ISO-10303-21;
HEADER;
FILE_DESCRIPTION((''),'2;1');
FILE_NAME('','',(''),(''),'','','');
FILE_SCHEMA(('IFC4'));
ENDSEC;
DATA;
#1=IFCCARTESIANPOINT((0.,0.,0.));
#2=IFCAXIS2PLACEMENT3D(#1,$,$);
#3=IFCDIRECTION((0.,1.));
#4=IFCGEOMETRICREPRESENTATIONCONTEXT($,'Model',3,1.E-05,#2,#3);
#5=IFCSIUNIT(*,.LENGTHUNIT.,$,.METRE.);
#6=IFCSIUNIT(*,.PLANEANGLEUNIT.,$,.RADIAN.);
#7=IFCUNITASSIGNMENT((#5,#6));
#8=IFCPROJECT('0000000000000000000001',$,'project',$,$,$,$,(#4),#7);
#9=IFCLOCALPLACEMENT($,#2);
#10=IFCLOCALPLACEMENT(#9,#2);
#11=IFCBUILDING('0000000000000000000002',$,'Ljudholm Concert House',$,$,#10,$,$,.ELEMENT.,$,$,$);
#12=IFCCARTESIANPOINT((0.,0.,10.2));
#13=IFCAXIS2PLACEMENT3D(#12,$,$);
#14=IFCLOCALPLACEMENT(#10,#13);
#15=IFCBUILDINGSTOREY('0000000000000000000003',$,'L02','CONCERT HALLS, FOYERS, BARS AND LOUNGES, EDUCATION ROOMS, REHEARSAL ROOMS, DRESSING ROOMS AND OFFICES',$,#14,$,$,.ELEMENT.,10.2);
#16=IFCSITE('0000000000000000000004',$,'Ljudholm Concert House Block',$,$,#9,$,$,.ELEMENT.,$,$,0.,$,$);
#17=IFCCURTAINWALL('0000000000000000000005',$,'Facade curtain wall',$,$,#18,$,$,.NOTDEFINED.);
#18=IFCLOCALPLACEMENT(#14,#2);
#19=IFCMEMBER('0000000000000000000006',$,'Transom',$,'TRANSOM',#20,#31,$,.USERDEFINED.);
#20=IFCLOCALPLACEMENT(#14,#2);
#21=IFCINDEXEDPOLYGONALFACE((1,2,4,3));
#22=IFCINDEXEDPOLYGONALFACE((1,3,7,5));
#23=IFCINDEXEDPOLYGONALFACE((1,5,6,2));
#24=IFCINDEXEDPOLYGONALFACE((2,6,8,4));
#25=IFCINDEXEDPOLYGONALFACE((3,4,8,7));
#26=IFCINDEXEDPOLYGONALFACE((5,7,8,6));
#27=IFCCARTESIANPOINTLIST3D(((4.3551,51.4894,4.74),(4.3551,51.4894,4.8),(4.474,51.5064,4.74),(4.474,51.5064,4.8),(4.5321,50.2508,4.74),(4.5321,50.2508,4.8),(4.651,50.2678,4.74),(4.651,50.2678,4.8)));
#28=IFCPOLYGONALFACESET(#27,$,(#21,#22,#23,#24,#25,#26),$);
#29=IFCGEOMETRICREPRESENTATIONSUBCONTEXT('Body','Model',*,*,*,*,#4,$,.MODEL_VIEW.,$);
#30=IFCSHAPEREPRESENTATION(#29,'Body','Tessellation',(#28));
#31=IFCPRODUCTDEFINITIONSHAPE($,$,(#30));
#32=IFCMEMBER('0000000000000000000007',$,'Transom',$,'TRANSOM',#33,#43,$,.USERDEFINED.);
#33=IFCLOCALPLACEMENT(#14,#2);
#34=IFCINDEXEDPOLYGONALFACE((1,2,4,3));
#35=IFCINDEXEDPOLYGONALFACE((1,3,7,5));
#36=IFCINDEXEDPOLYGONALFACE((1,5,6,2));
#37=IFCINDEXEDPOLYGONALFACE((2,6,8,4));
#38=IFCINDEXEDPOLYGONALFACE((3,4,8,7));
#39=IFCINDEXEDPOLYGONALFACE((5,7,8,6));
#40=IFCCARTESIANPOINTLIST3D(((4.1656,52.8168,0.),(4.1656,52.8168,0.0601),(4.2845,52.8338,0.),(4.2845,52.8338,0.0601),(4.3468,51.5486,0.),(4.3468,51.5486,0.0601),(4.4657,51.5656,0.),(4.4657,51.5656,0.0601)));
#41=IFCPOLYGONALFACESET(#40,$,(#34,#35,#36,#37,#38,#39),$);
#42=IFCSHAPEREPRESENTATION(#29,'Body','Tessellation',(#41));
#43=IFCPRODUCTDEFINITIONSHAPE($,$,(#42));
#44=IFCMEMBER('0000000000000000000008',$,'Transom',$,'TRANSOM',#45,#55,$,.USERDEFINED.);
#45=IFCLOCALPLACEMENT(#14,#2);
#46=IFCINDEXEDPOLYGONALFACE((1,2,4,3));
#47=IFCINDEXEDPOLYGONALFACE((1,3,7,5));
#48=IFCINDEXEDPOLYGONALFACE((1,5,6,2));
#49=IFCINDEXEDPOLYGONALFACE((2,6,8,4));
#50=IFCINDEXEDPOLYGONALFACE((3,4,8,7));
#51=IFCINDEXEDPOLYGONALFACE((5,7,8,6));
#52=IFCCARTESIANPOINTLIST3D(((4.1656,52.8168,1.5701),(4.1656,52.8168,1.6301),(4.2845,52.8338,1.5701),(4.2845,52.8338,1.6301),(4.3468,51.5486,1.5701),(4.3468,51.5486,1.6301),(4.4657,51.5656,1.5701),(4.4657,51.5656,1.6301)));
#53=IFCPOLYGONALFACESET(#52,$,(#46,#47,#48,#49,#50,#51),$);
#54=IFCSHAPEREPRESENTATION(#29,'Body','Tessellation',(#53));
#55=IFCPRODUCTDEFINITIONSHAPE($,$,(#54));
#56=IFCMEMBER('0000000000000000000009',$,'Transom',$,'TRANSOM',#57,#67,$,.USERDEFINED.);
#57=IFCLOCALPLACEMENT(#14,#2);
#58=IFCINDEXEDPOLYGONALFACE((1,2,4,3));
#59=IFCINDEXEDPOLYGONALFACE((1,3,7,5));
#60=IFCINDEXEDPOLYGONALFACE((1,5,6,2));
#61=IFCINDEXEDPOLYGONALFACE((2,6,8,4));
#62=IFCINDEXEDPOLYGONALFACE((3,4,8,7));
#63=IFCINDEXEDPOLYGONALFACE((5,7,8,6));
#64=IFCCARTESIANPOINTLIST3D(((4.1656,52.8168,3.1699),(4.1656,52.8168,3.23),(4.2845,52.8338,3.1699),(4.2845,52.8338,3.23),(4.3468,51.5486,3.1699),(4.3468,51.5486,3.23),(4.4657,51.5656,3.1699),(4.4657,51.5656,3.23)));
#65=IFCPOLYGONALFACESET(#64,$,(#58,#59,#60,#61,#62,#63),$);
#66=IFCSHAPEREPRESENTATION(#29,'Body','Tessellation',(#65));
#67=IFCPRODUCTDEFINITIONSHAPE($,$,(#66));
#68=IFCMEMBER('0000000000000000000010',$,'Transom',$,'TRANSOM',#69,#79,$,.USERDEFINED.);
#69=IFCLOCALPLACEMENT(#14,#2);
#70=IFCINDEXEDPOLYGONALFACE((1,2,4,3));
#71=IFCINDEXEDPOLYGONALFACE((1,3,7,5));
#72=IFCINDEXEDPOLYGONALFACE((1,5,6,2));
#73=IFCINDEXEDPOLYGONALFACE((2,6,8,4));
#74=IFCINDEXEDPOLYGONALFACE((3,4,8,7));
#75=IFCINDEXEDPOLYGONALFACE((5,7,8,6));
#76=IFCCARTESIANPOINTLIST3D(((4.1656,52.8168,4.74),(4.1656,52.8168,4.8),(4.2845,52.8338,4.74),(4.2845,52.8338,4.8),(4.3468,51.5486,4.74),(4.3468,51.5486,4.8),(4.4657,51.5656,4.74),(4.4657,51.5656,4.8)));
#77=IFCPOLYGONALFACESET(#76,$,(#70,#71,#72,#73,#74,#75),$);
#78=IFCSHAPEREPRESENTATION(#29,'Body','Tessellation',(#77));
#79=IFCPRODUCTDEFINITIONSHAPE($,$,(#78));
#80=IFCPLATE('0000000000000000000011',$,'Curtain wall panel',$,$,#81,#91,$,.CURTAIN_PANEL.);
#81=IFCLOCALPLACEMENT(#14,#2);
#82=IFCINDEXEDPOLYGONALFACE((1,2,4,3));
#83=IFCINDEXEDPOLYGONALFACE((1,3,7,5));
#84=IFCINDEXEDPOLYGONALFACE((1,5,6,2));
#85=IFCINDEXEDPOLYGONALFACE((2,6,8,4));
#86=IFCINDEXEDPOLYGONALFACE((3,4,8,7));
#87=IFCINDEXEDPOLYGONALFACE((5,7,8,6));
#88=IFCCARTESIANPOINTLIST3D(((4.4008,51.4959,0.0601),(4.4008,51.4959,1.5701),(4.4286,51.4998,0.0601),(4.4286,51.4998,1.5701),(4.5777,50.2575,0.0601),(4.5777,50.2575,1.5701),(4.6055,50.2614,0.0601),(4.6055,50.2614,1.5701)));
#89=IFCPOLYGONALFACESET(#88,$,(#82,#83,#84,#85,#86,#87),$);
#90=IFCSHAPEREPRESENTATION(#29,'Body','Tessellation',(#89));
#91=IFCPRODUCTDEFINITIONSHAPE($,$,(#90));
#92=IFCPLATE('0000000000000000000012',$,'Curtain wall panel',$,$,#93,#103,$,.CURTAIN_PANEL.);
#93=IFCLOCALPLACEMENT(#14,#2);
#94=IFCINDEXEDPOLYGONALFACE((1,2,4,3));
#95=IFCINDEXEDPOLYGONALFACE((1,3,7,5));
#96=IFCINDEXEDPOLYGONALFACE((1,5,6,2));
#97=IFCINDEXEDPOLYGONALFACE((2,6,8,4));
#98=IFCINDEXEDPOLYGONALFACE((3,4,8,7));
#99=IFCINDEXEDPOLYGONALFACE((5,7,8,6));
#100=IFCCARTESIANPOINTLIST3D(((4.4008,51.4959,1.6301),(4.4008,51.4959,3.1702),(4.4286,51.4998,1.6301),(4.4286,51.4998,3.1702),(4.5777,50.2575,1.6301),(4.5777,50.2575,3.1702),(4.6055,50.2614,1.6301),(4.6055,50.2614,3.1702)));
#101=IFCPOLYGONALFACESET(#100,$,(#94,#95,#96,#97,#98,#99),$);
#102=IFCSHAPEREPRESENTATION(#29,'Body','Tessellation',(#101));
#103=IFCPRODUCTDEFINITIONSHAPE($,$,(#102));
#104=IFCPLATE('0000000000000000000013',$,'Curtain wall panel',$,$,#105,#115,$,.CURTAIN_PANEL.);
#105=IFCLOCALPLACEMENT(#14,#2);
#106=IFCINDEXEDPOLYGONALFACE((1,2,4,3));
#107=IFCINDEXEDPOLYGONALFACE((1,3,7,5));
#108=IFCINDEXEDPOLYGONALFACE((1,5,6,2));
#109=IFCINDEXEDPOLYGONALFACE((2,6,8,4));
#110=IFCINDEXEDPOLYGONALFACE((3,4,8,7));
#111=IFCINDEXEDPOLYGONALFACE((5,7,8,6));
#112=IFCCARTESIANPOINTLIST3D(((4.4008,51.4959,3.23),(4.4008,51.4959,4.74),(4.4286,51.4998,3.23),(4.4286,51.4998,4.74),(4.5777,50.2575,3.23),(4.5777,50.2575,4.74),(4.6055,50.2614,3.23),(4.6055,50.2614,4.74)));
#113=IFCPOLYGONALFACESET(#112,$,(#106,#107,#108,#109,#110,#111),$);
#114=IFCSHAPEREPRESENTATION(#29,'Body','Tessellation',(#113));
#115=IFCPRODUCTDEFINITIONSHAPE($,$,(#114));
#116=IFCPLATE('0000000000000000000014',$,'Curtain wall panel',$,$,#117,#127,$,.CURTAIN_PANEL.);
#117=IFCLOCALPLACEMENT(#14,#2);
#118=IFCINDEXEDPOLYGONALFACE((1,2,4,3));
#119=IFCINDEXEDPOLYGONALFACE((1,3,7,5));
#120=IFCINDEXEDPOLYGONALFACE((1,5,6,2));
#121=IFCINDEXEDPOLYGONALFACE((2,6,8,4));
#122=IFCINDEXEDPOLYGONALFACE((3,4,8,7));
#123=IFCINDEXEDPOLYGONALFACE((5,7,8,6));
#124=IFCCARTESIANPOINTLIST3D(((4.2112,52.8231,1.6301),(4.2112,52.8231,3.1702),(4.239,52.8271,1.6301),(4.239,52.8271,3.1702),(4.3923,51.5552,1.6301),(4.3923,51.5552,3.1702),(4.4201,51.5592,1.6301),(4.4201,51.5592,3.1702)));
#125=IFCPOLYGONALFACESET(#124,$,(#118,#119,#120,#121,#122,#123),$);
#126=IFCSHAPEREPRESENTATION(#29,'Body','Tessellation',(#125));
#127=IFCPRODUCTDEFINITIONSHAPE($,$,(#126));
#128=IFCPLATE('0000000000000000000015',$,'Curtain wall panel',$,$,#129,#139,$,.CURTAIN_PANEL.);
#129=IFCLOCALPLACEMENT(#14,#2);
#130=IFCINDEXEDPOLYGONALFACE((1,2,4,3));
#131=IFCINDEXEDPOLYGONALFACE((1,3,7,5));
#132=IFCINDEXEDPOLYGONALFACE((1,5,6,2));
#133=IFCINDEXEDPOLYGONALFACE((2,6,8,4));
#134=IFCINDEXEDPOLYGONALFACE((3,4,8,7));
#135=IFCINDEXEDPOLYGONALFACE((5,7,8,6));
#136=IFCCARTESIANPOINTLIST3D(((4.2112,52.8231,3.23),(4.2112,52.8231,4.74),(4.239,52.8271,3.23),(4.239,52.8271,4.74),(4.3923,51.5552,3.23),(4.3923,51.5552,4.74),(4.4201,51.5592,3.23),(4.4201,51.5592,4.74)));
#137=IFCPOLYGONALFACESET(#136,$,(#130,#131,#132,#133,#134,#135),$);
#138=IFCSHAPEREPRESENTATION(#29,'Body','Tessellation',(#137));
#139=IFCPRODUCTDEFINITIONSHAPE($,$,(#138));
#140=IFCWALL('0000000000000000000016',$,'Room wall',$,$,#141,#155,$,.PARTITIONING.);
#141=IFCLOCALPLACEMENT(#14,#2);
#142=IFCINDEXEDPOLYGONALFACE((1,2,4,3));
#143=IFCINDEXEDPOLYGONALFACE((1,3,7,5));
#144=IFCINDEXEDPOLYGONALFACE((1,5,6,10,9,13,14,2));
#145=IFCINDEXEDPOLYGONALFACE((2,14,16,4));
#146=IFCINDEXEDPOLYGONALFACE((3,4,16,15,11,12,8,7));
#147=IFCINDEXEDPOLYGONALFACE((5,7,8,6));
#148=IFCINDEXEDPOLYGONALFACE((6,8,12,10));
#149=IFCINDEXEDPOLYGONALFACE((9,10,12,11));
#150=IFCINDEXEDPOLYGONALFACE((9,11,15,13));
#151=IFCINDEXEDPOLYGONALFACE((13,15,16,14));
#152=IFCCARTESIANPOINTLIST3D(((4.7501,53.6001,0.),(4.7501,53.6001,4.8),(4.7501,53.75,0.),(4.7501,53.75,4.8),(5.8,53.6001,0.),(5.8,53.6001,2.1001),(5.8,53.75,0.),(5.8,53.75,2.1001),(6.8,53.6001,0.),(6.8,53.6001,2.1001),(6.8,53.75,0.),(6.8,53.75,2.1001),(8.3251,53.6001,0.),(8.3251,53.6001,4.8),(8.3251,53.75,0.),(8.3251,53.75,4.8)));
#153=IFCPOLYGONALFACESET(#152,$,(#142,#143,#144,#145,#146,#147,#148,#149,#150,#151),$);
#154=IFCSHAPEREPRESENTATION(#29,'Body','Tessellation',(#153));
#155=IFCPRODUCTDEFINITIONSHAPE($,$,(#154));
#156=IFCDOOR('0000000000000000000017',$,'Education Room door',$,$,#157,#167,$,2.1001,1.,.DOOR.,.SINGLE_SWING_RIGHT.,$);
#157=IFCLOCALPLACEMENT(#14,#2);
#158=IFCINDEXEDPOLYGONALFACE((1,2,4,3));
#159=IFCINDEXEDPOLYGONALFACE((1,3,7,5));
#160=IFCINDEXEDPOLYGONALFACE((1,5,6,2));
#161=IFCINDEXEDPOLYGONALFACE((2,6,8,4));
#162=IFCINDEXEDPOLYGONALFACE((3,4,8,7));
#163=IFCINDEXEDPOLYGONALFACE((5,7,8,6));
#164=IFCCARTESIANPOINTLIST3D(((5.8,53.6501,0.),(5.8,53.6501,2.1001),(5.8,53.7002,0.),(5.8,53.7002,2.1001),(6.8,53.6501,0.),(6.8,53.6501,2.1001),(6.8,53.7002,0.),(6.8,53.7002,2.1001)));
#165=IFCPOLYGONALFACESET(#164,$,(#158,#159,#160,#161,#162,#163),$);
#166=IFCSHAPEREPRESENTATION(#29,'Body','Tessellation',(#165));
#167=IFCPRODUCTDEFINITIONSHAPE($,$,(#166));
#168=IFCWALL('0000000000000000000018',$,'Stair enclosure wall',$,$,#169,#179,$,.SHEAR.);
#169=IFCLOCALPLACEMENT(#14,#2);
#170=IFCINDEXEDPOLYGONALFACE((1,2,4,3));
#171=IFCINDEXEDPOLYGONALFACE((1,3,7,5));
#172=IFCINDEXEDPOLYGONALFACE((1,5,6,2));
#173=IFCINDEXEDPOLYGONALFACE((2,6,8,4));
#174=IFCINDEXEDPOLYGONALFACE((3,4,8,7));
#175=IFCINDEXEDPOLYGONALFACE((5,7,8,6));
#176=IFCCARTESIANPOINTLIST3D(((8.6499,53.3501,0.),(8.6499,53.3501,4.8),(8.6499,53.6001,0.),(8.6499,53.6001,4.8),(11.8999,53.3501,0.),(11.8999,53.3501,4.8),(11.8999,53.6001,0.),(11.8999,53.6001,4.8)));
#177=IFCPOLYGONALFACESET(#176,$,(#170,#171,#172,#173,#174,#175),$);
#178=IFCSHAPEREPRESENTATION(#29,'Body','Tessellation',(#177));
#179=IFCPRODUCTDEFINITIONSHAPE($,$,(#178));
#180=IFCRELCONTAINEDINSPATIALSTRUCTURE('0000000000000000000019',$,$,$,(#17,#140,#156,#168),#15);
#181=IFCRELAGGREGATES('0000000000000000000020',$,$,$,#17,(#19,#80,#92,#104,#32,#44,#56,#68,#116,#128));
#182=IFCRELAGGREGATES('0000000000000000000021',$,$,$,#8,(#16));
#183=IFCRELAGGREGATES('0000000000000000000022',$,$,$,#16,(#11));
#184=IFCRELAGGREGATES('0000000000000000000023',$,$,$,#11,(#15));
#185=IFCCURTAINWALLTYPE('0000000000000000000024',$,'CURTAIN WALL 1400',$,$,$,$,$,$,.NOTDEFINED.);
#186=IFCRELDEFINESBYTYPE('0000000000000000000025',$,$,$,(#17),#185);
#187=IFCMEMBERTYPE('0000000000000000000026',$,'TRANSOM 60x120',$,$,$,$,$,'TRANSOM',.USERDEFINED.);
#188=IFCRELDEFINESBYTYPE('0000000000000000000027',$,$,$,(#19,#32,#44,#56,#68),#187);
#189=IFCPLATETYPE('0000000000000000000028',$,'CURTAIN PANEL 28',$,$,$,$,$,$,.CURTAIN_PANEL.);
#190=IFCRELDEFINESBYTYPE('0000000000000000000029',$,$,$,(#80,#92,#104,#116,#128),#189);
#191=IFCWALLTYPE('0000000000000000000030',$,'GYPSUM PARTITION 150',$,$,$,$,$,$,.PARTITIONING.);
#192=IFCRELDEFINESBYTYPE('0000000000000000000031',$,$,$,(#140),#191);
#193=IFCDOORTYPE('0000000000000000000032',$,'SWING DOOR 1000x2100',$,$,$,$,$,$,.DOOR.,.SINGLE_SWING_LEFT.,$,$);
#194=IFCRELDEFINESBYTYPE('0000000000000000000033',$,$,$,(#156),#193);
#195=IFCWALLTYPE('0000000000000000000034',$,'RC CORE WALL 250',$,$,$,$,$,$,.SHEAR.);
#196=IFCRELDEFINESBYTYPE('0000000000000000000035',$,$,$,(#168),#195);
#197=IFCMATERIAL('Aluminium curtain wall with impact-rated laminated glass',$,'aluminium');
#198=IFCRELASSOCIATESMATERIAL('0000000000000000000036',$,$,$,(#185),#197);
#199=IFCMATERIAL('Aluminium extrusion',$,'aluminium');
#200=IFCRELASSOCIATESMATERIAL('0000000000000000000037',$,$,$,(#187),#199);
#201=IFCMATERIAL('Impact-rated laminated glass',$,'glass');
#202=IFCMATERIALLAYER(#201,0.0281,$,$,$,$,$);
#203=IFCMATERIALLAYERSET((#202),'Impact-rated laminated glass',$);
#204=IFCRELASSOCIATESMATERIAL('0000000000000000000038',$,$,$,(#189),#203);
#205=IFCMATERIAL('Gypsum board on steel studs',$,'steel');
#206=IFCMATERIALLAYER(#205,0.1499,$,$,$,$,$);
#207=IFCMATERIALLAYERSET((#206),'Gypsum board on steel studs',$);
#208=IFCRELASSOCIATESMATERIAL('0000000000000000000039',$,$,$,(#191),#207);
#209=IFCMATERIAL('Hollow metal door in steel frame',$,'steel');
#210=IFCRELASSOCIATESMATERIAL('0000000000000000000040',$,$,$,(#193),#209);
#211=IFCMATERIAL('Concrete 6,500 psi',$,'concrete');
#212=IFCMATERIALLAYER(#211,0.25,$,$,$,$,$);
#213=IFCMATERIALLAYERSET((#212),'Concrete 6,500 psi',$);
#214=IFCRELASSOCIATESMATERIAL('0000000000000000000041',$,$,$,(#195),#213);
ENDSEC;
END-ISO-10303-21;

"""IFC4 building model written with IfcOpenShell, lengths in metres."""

from ifc_helpers import new_model, si_unit, direction, frame, frame_2d, origin, origin_2d, place, context, subcontext, project, spatial, rectangle, extrude, material, layer, layer_set, material_profile, profile_set, type_object, element, fill, aggregate, save


model = new_model("IFC4")

# Units and contexts
model_context = context("Model", 3, precision=1e-05, world=origin(), true_north=direction((0.0, 1.0)))
body_context = subcontext(model_context, "Body", "Model", "MODEL_VIEW")
ifc_project = project(units=[si_unit("LENGTHUNIT", "METRE"), si_unit("PLANEANGLEUNIT", "RADIAN")], contexts=[model_context])

# Site, building, storey
site_placement = place(None, origin())
site = spatial("IfcSite", under=ifc_project, at=site_placement, Name="Ljudholm Concert House Block", CompositionType="ELEMENT", RefElevation=0.0)
building_placement = place(site_placement, origin())
building = spatial("IfcBuilding", under=site, at=building_placement, Name="Ljudholm Concert House", CompositionType="ELEMENT")
storey_placement = place(building_placement, frame((0.0, 0.0, 10.2)))
storey = spatial("IfcBuildingStorey", under=building, at=storey_placement, Name="L02", Description="CONCERT HALLS, FOYERS, BARS AND LOUNGES, EDUCATION ROOMS, REHEARSAL ROOMS, DRESSING ROOMS AND OFFICES", CompositionType="ELEMENT", Elevation=10.2)

# Shared definitions
ifc_material_1 = material(Name="Aluminium curtain wall with impact-rated laminated glass", Category="aluminium")
curtain_wall_type = type_object("IfcCurtainWallType", Name="CURTAIN WALL 1400", PredefinedType="NOTDEFINED", material=ifc_material_1)

# Curtain wall
curtain_wall_1_placement = place(storey_placement, origin())
curtain_wall_1 = element("IfcCurtainWall", 1, at=curtain_wall_1_placement, inside=storey, type_object=curtain_wall_type, Name="Facade curtain wall", PredefinedType="NOTDEFINED")

# Members
ifc_material_2 = material(Name="Aluminium extrusion", Category="aluminium")
ifc_material_profile_1 = material_profile(ifc_material_2, rectangle(XDim=0.1201, YDim=0.0601, at=origin_2d()), Name="TRANSOM 60x120")
ifc_profile_set_1 = profile_set([ifc_material_profile_1], Name="Aluminium extrusion")
member_type_1 = type_object("IfcMemberType", Name="TRANSOM 60x120", ElementType="TRANSOM", PredefinedType="USERDEFINED", material=ifc_profile_set_1)
member_1_placement = place(storey_placement, frame((4.5916, 50.2593, 4.77), z_axis=(-0.141476, 0.989942, 0.0), x_axis=(-0.989942, -0.141476, 0.0)))
member_1 = element("IfcMember", 2, at=member_1_placement, type_object=member_type_1, Name="Transom", ObjectType="TRANSOM", PredefinedType="USERDEFINED", context=body_context, shape_type="SweptSolid", body=[
    extrude(rectangle(XDim=0.1201, YDim=0.0601, at=origin_2d()), origin(), (0.0, 0.0, 1.0), 1.2512),
])
member_2_placement = place(storey_placement, frame((4.4062, 51.5571, 0.03), z_axis=(-0.141421, 0.989949, 0.0), x_axis=(-0.989949, -0.141421, 0.0)))
member_2 = element("IfcMember", 3, at=member_2_placement, type_object=member_type_1, Name="Transom", ObjectType="TRANSOM", PredefinedType="USERDEFINED", context=body_context, shape_type="SweptSolid", body=[
    extrude(rectangle(XDim=0.1201, YDim=0.0601, at=origin_2d()), origin(), (0.0, 0.0, 1.0), 1.281),
])
member_3_placement = place(storey_placement, frame((4.4062, 51.5571, 1.6001), z_axis=(-0.141421, 0.989949, 0.0), x_axis=(-0.989949, -0.141421, 0.0)))
member_3 = element("IfcMember", 4, at=member_3_placement, type_object=member_type_1, Name="Transom", ObjectType="TRANSOM", PredefinedType="USERDEFINED", context=body_context, shape_type="SweptSolid", body=[
    extrude(rectangle(XDim=0.1201, YDim=0.0601, at=origin_2d()), origin(), (0.0, 0.0, 1.0), 1.281),
])
member_4_placement = place(storey_placement, frame((4.4062, 51.5571, 3.2), z_axis=(-0.141421, 0.989949, 0.0), x_axis=(-0.989949, -0.141421, 0.0)))
member_4 = element("IfcMember", 5, at=member_4_placement, type_object=member_type_1, Name="Transom", ObjectType="TRANSOM", PredefinedType="USERDEFINED", context=body_context, shape_type="SweptSolid", body=[
    extrude(rectangle(XDim=0.1201, YDim=0.0601, at=origin_2d()), origin(), (0.0, 0.0, 1.0), 1.281),
])
member_5_placement = place(storey_placement, frame((4.4062, 51.5571, 4.77), z_axis=(-0.141421, 0.989949, 0.0), x_axis=(-0.989949, -0.141421, 0.0)))
member_5 = element("IfcMember", 6, at=member_5_placement, type_object=member_type_1, Name="Transom", ObjectType="TRANSOM", PredefinedType="USERDEFINED", context=body_context, shape_type="SweptSolid", body=[
    extrude(rectangle(XDim=0.1201, YDim=0.0601, at=origin_2d()), origin(), (0.0, 0.0, 1.0), 1.281),
])

# Plates
ifc_material_3 = material(Name="Impact-rated laminated glass", Category="glass")
ifc_layer_1 = layer(ifc_material_3, 0.0281)
ifc_layer_set_1 = layer_set([ifc_layer_1], Name="Impact-rated laminated glass")
plate_type = type_object("IfcPlateType", Name="CURTAIN PANEL 28", PredefinedType="CURTAIN_PANEL", material=ifc_layer_set_1)
plate_1_placement = place(storey_placement, frame((4.5032, 50.8787, 0.0601), z_axis=(0.0, 0.0, 1.0), x_axis=(-0.141421, 0.989949, 0.0)))
plate_1 = element("IfcPlate", 7, at=plate_1_placement, type_object=plate_type, Name="Curtain wall panel", PredefinedType="CURTAIN_PANEL", context=body_context, shape_type="SweptSolid", body=[
    extrude(rectangle(XDim=1.251, YDim=0.0281, at=origin_2d()), origin(), (0.0, 0.0, 1.0), 1.51),
])
plate_2_placement = place(storey_placement, frame((4.5032, 50.8787, 1.6301), z_axis=(0.0, 0.0, 1.0), x_axis=(-0.141421, 0.989949, 0.0)))
plate_2 = element("IfcPlate", 8, at=plate_2_placement, type_object=plate_type, Name="Curtain wall panel", PredefinedType="CURTAIN_PANEL", context=body_context, shape_type="SweptSolid", body=[
    extrude(rectangle(XDim=1.251, YDim=0.0281, at=origin_2d()), origin(), (0.0, 0.0, 1.0), 1.54),
])
plate_3_placement = place(storey_placement, frame((4.5032, 50.8787, 3.23), z_axis=(0.0, 0.0, 1.0), x_axis=(-0.141421, 0.989949, 0.0)))
plate_3 = element("IfcPlate", 9, at=plate_3_placement, type_object=plate_type, Name="Curtain wall panel", PredefinedType="CURTAIN_PANEL", context=body_context, shape_type="SweptSolid", body=[
    extrude(rectangle(XDim=1.251, YDim=0.0281, at=origin_2d()), origin(), (0.0, 0.0, 1.0), 1.51),
])
plate_4_placement = place(storey_placement, frame((4.3157, 52.1912, 1.6301), z_axis=(0.0, 0.0, 1.0), x_axis=(-0.141421, 0.989949, 0.0)))
plate_4 = element("IfcPlate", 10, at=plate_4_placement, type_object=plate_type, Name="Curtain wall panel", PredefinedType="CURTAIN_PANEL", context=body_context, shape_type="SweptSolid", body=[
    extrude(rectangle(XDim=1.2808, YDim=0.0281, at=origin_2d()), origin(), (0.0, 0.0, 1.0), 1.54),
])
plate_5_placement = place(storey_placement, frame((4.3157, 52.1912, 3.23), z_axis=(0.0, 0.0, 1.0), x_axis=(-0.141421, 0.989949, 0.0)))
plate_5 = element("IfcPlate", 11, at=plate_5_placement, type_object=plate_type, Name="Curtain wall panel", PredefinedType="CURTAIN_PANEL", context=body_context, shape_type="SweptSolid", body=[
    extrude(rectangle(XDim=1.2808, YDim=0.0281, at=origin_2d()), origin(), (0.0, 0.0, 1.0), 1.51),
])
aggregate(curtain_wall_1, [member_1, plate_1, plate_2, plate_3, member_2, member_3, member_4, member_5, plate_4, plate_5])

# Wall, opening, door
ifc_material_4 = material(Name="Gypsum board on steel studs", Category="steel")
ifc_layer_2 = layer(ifc_material_4, 0.1499)
ifc_layer_set_2 = layer_set([ifc_layer_2], Name="Gypsum board on steel studs")
wall_type_1 = type_object("IfcWallType", Name="GYPSUM PARTITION 150", PredefinedType="PARTITIONING", material=ifc_layer_set_2)
wall_1_placement = place(storey_placement, frame((4.75, 53.675, 0.0), z_axis=(0.0, 0.0, 1.0), x_axis=(1.0, 0.0, 0.0)))
wall_1 = element("IfcWall", 12, at=wall_1_placement, inside=storey, type_object=wall_type_1, Name="Room wall", PredefinedType="PARTITIONING", context=body_context, shape_type="SweptSolid", body=[
    extrude(rectangle(XDim=3.575, YDim=0.1499, at=frame_2d((1.7876, 0.0))), origin(), (0.0, 0.0, 1.0), 4.8),
])
opening_1_placement = place(wall_1_placement, frame((1.05, 0.0, 0.0)))
opening_1 = element("IfcOpeningElement", 13, at=opening_1_placement, cuts=wall_1, PredefinedType="OPENING", context=body_context, shape_type="SweptSolid", body=[
    extrude(rectangle(XDim=1.0, YDim=2.1001, at=frame_2d((0.5, 1.05))), frame((0.0, 0.085, 0.0), z_axis=(0.0, -1.0, 0.0), x_axis=(1.0, 0.0, 0.0)), (0.0, 0.0, 1.0), 0.1699),
])
ifc_material_5 = material(Name="Hollow metal door in steel frame", Category="steel")
door_type_1 = type_object("IfcDoorType", Name="SWING DOOR 1000x2100", OperationType="SINGLE_SWING_LEFT", PredefinedType="DOOR", material=ifc_material_5)
door_1_placement = place(opening_1_placement, frame((1.0, 0.0, 0.0), z_axis=(0.0, 0.0, 1.0), x_axis=(-1.0, 0.0, 0.0)))
door_1 = element("IfcDoor", 14, at=door_1_placement, inside=storey, type_object=door_type_1, Name="Education Room door", OperationType="SINGLE_SWING_RIGHT", OverallHeight=2.1001, OverallWidth=1.0, PredefinedType="DOOR", context=body_context, shape_type="SweptSolid", body=[
    extrude(rectangle(XDim=1.0, YDim=2.1001, at=frame_2d((0.5, 1.05))), frame((0.0, 0.0249, 0.0), z_axis=(0.0, -1.0, 0.0), x_axis=(1.0, 0.0, 0.0)), (0.0, 0.0, 1.0), 0.05),
])
fill(opening_1, door_1)

# Wall
ifc_material_6 = material(Name="Concrete 6,500 psi", Category="concrete")
ifc_layer_3 = layer(ifc_material_6, 0.25)
ifc_layer_set_3 = layer_set([ifc_layer_3], Name="Concrete 6,500 psi")
wall_type_2 = type_object("IfcWallType", Name="RC CORE WALL 250", PredefinedType="SHEAR", material=ifc_layer_set_3)
wall_2_placement = place(storey_placement, frame((8.6499, 53.4751, 0.0), z_axis=(0.0, 0.0, 1.0), x_axis=(1.0, 0.0, 0.0)))
element("IfcWall", 15, at=wall_2_placement, inside=storey, type_object=wall_type_2, Name="Stair enclosure wall", PredefinedType="SHEAR", context=body_context, shape_type="SweptSolid", body=[
    extrude(rectangle(XDim=3.25, YDim=0.25, at=frame_2d((1.625, 0.0))), origin(), (0.0, 0.0, 1.0), 4.8),
])

save(model, "model.ifc")
